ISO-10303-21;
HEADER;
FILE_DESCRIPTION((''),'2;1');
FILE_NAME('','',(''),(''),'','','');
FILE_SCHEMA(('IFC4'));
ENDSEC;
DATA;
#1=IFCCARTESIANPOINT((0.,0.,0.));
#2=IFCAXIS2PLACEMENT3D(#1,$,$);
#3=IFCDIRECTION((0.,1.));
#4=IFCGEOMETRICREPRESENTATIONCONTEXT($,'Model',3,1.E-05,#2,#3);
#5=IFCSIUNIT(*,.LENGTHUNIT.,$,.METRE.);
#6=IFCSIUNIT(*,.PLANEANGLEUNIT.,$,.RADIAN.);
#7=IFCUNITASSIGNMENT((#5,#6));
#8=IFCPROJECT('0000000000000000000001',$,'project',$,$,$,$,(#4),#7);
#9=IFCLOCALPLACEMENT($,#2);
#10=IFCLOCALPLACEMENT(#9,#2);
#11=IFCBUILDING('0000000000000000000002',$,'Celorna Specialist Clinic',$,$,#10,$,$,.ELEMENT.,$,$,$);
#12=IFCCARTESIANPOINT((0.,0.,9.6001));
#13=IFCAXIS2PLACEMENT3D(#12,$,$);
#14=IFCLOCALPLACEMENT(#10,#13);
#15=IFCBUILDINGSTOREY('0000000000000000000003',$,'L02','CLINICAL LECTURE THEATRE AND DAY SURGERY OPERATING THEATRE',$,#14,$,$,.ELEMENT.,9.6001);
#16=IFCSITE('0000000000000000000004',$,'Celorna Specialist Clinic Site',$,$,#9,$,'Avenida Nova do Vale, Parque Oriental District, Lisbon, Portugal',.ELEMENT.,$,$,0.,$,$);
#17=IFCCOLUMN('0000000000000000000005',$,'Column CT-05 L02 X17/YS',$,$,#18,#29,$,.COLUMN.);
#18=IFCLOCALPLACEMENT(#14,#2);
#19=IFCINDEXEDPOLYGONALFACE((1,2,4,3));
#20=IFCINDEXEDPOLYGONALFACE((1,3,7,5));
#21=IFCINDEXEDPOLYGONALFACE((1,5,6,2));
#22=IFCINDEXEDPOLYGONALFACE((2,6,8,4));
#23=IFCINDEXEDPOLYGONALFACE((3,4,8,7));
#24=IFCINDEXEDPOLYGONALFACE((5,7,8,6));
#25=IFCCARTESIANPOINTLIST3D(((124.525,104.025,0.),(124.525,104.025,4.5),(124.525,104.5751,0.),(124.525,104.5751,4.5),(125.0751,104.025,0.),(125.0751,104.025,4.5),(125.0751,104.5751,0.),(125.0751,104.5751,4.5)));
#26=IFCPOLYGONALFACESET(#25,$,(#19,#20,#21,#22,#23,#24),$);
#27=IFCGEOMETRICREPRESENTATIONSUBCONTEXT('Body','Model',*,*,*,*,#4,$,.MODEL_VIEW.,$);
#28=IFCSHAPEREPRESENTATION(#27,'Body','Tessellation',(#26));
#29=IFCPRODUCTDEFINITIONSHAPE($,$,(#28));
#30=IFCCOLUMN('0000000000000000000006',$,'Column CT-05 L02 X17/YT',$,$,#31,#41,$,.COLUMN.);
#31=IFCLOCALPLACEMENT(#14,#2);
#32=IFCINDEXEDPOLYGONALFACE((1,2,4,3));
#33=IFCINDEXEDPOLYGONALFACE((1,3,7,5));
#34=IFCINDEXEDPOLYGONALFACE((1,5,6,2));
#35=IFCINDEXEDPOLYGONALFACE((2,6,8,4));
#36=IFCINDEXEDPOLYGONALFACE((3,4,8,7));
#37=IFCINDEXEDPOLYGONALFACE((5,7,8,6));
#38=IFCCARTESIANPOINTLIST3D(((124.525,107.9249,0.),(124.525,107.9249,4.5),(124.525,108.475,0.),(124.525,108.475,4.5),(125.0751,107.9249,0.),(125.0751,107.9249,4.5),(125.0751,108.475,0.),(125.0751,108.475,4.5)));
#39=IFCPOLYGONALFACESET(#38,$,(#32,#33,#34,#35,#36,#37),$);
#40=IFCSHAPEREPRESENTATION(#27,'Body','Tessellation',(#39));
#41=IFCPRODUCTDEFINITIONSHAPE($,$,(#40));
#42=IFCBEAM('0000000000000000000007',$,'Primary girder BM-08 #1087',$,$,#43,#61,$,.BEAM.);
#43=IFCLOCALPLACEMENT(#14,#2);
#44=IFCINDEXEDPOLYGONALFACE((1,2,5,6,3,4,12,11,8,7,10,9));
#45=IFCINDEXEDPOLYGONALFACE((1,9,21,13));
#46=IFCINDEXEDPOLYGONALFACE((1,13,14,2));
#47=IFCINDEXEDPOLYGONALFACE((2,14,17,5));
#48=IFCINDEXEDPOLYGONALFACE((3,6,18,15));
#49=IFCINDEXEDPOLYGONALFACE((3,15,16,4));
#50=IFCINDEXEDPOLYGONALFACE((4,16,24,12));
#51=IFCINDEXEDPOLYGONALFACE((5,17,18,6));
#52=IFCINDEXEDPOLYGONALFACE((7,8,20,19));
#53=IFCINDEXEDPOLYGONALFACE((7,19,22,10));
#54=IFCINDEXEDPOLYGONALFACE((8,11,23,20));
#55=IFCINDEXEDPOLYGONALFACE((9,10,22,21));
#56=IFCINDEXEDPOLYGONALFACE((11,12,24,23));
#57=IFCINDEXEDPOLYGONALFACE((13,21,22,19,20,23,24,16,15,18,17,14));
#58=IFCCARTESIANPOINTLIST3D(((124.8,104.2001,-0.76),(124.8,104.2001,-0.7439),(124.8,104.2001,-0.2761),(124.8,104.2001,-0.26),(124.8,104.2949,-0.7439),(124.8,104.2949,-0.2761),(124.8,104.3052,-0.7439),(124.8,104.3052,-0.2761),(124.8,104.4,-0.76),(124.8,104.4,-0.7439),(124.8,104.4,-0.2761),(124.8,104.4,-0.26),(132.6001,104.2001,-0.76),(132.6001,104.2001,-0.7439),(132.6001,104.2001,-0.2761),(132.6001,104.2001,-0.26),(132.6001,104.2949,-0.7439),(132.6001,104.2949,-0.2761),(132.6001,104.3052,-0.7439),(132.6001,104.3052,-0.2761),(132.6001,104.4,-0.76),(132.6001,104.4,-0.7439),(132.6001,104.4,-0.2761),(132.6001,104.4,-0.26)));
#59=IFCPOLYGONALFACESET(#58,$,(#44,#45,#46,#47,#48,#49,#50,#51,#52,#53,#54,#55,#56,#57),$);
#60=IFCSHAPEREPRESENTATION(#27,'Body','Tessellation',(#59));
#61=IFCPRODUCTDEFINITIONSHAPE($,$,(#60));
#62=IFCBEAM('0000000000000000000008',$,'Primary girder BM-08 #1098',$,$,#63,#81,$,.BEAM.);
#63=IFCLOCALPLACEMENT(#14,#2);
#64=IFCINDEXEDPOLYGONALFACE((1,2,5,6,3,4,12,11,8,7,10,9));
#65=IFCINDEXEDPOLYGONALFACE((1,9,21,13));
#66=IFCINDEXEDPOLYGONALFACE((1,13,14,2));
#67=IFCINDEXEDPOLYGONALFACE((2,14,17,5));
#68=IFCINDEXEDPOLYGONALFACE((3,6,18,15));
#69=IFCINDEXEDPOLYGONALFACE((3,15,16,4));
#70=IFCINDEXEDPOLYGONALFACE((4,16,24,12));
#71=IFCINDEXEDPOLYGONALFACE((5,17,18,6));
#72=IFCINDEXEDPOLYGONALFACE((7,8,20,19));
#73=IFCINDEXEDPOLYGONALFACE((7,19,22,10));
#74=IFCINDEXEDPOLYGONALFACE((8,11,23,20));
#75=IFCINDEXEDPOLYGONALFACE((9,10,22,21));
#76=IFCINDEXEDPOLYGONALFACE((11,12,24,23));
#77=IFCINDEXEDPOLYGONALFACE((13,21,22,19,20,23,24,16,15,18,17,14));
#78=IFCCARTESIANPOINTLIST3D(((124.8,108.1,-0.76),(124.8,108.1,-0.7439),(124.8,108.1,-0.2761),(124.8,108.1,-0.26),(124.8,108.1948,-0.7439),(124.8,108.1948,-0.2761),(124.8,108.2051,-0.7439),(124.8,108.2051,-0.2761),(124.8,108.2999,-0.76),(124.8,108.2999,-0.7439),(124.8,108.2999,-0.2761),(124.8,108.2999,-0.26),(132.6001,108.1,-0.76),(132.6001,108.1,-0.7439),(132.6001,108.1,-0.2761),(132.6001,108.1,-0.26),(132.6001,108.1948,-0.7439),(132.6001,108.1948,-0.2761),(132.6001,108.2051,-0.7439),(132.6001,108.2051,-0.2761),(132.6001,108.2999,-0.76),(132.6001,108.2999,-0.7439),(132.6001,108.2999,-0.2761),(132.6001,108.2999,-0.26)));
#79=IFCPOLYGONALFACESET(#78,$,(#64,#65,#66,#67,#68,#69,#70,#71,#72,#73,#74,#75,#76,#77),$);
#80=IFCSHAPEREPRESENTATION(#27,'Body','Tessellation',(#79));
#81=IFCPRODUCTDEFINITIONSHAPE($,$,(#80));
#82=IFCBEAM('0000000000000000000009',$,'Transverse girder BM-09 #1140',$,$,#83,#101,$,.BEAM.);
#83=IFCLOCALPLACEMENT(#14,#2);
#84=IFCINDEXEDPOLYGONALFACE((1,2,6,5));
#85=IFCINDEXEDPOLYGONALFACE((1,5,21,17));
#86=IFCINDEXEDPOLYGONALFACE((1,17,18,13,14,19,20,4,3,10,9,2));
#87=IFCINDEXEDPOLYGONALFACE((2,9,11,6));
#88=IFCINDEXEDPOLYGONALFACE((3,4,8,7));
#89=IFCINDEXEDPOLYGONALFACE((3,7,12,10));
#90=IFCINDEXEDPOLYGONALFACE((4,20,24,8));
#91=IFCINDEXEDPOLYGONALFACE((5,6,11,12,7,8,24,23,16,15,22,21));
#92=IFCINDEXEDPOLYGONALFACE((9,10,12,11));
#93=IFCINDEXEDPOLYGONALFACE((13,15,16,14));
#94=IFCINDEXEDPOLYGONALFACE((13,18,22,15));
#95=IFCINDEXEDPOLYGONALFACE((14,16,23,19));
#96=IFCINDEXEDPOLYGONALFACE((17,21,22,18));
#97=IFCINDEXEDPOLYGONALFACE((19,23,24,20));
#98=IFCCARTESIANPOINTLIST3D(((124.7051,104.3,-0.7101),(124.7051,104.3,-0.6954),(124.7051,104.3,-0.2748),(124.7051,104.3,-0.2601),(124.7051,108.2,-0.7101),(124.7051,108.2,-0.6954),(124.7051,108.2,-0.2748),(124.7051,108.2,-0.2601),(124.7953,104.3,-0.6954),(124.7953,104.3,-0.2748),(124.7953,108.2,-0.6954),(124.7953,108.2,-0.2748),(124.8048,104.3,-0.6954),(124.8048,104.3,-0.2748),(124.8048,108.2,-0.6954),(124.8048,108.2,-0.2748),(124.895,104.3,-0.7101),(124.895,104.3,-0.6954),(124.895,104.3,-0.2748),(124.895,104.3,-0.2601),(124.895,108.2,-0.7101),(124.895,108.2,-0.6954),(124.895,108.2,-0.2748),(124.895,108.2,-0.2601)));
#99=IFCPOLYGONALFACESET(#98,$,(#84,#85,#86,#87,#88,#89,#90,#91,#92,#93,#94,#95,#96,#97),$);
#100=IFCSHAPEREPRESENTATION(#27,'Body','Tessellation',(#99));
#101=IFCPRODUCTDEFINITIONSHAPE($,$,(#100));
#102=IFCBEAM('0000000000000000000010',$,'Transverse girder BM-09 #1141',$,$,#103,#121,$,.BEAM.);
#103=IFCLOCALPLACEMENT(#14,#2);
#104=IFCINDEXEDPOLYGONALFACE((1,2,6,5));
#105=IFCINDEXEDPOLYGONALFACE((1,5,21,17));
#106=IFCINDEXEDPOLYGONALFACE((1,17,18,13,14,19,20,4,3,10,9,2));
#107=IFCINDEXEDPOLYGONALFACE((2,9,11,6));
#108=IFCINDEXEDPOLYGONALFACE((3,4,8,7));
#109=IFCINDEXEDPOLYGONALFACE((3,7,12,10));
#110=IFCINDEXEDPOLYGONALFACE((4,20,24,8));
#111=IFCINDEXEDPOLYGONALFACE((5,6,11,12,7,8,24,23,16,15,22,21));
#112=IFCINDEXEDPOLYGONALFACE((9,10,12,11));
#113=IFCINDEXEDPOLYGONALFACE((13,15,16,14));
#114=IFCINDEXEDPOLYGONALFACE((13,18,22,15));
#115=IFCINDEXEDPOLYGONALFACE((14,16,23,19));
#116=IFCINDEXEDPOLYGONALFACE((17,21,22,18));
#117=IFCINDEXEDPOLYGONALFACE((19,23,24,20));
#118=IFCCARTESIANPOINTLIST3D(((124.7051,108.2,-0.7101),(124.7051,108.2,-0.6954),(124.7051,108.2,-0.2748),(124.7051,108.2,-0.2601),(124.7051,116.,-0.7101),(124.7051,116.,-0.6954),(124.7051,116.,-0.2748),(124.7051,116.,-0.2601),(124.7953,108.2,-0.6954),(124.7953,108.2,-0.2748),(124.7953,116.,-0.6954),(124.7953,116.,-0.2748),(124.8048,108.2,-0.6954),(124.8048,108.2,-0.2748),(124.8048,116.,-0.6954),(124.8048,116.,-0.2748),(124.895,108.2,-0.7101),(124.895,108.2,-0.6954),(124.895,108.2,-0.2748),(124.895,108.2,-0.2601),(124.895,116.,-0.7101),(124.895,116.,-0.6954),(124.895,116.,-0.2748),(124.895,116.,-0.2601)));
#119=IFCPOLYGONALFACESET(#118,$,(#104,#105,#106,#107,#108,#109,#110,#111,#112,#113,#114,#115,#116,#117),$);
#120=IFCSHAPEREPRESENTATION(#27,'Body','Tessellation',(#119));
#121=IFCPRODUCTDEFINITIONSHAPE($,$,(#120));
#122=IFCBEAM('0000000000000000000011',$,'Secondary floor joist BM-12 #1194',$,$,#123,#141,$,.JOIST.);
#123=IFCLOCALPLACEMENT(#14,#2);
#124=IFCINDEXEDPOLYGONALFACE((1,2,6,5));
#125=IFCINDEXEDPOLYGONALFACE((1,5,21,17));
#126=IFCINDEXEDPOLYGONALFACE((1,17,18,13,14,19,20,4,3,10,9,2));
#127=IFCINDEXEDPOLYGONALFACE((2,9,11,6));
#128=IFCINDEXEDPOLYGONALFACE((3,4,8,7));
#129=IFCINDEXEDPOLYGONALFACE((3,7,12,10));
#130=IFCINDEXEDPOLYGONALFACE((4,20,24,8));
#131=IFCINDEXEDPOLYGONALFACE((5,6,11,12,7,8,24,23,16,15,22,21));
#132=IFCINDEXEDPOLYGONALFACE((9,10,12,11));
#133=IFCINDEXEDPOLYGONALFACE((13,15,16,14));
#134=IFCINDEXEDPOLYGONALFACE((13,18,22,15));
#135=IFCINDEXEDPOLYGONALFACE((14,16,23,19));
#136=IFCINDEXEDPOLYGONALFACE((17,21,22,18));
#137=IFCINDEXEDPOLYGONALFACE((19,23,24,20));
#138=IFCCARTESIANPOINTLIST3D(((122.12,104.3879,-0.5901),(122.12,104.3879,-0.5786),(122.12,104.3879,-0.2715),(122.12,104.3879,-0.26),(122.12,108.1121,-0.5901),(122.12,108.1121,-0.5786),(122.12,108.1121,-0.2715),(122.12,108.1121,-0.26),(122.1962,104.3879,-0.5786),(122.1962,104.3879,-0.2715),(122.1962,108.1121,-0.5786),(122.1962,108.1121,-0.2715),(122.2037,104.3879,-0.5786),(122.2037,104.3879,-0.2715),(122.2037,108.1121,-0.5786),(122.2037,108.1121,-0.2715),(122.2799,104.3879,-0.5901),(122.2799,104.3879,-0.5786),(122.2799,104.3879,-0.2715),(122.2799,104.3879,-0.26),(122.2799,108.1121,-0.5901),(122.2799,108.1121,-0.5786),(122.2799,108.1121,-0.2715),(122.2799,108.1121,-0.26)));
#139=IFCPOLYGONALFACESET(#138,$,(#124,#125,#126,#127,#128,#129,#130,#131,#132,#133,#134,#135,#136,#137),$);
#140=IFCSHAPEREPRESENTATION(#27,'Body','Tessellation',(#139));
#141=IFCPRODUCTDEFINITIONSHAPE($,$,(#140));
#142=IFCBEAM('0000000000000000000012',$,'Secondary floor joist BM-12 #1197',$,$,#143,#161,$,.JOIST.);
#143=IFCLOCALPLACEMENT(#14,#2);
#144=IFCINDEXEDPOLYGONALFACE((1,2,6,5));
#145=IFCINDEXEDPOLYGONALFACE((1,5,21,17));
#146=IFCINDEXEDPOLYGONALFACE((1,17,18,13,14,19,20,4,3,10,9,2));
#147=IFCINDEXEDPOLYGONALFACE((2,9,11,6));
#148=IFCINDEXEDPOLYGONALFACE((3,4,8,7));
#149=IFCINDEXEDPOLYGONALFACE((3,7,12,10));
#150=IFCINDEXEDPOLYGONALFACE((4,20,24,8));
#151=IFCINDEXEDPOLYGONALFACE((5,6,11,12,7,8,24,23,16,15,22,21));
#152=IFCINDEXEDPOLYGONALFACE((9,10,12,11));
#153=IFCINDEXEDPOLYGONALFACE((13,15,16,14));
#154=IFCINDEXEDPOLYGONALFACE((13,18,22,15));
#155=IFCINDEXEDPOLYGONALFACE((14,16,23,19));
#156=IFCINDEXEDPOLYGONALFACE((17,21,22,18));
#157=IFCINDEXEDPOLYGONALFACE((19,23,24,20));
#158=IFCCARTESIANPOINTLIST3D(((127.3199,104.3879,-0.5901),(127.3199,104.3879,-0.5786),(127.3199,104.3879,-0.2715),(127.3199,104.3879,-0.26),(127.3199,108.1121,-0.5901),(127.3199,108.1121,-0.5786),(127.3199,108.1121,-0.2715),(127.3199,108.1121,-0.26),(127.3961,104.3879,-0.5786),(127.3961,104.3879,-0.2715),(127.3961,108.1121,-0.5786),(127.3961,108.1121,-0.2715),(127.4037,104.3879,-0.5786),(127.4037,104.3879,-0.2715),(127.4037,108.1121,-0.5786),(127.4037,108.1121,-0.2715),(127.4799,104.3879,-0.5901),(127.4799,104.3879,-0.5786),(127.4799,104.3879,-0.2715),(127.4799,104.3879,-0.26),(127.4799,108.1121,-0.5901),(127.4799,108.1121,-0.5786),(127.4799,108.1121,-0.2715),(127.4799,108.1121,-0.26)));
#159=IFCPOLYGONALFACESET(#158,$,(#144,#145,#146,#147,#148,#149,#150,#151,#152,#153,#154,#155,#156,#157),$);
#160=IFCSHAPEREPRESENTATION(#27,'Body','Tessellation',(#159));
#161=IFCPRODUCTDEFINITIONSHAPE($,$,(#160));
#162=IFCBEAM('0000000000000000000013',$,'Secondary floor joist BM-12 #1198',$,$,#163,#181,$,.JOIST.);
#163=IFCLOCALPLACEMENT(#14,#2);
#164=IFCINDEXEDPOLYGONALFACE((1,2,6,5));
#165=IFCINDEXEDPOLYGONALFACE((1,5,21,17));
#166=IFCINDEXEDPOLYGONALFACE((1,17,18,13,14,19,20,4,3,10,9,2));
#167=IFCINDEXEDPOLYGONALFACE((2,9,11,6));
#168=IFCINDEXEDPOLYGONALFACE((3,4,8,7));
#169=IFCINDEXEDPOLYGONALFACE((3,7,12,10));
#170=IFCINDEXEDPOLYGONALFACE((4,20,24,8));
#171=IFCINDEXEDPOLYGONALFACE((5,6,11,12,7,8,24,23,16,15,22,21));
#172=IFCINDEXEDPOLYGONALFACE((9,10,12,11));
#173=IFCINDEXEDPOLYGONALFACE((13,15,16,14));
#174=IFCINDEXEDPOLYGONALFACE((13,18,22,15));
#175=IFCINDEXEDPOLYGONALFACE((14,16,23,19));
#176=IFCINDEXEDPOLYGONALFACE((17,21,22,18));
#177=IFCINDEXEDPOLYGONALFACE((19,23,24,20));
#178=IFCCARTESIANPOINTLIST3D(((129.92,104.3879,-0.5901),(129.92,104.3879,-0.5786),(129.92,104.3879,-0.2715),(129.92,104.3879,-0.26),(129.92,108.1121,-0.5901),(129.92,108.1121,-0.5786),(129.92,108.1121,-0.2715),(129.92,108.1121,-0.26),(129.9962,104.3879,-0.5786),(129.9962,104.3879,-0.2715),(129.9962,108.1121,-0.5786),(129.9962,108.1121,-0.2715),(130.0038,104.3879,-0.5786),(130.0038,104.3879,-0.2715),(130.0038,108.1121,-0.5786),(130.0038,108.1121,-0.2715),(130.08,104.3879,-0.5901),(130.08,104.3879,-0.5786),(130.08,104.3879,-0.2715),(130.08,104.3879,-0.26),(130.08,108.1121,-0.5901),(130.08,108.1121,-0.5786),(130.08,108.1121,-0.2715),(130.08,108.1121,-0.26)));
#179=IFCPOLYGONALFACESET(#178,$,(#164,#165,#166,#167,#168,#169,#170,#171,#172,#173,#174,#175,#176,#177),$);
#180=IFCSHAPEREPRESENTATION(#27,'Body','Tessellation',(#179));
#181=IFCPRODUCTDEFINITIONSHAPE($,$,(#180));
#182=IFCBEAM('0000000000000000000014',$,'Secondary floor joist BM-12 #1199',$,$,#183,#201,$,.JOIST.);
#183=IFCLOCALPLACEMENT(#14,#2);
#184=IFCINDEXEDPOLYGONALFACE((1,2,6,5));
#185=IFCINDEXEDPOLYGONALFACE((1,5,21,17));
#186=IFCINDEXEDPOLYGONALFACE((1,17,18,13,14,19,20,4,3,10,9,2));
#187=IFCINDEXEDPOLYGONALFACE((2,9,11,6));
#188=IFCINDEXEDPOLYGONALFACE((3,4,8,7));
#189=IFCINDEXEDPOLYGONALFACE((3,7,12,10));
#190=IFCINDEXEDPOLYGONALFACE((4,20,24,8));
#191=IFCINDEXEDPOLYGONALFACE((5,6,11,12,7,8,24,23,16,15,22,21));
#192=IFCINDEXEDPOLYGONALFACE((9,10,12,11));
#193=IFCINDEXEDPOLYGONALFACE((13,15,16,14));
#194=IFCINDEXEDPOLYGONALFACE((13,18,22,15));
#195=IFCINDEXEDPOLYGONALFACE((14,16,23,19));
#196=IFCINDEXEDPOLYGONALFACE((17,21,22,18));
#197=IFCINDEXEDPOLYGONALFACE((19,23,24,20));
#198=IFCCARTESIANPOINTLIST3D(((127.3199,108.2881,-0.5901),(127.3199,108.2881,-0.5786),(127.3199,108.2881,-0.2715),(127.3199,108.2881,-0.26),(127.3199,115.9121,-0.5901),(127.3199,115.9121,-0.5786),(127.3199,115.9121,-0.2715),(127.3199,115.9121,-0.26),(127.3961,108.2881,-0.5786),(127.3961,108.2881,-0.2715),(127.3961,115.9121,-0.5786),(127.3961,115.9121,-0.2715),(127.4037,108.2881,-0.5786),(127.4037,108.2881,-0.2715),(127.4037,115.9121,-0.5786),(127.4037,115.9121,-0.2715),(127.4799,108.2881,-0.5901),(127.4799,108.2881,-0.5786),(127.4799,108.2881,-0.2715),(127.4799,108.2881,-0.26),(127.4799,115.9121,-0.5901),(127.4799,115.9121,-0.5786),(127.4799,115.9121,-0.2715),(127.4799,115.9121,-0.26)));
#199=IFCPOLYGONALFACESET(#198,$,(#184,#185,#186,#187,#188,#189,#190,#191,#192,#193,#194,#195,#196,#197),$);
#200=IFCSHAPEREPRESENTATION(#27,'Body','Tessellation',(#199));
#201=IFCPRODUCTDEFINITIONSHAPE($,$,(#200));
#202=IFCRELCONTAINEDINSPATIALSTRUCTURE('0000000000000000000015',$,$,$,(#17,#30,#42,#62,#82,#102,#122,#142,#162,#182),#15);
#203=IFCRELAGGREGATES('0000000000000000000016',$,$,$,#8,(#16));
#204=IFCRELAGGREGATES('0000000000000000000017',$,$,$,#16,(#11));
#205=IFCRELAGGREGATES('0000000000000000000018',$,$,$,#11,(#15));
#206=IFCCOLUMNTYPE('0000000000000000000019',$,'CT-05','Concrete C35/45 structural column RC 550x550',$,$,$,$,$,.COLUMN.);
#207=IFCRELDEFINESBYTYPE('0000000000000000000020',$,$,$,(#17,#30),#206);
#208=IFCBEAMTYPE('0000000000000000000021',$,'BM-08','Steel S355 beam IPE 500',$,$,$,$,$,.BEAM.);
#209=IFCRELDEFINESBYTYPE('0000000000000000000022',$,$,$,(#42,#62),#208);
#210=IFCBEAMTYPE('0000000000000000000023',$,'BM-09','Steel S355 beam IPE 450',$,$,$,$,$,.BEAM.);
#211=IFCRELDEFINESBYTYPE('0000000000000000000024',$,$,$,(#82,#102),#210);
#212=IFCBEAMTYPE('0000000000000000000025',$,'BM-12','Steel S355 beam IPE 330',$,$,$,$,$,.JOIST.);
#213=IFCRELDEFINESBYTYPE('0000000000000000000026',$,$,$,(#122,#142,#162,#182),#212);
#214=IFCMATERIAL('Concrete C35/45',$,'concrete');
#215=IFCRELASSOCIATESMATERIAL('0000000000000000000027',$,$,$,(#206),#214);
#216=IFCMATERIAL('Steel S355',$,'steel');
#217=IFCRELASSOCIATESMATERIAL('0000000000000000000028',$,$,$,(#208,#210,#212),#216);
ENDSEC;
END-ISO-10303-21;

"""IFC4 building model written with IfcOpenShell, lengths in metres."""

from ifc_helpers import new_model, si_unit, direction, frame, origin, origin_2d, place, context, subcontext, project, spatial, rectangle, i_section, extrude, material, material_profile, profile_set, type_object, element, save


model = new_model("IFC4")

# Units and contexts
model_context = context("Model", 3, precision=1e-05, world=origin(), true_north=direction((0.0, 1.0)))
body_context = subcontext(model_context, "Body", "Model", "MODEL_VIEW")
ifc_project = project(units=[si_unit("LENGTHUNIT", "METRE"), si_unit("PLANEANGLEUNIT", "RADIAN")], contexts=[model_context])

# Site, building, storey
site_placement = place(None, origin())
site = spatial("IfcSite", under=ifc_project, at=site_placement, Name="Celorna Specialist Clinic Site", LongName="Avenida Nova do Vale, Parque Oriental District, Lisbon, Portugal", CompositionType="ELEMENT", RefElevation=0.0)
building_placement = place(site_placement, origin())
building = spatial("IfcBuilding", under=site, at=building_placement, Name="Celorna Specialist Clinic", CompositionType="ELEMENT")
storey_placement = place(building_placement, frame((0.0, 0.0, 9.6001)))
storey = spatial("IfcBuildingStorey", under=building, at=storey_placement, Name="L02", Description="CLINICAL LECTURE THEATRE AND DAY SURGERY OPERATING THEATRE", CompositionType="ELEMENT", Elevation=9.6001)

# Columns
ifc_material_1 = material(Name="Concrete C35/45", Category="concrete")
ifc_material_profile_1 = material_profile(ifc_material_1, rectangle(XDim=0.55, YDim=0.55, at=origin_2d()), Name="RC 550x550")
ifc_profile_set_1 = profile_set([ifc_material_profile_1], Name="Concrete C35/45")
column_type = type_object("IfcColumnType", Name="CT-05", Description="Concrete C35/45 structural column RC 550x550", PredefinedType="COLUMN", material=ifc_profile_set_1)
for number, where, z_axis, x_axis, name in (
    (1, (124.8, 104.3, 0.0), (0.0, 0.0, 1.0), (1.0, 0.0, 0.0), "Column CT-05 L02 X17/YS"),
    (2, (124.8, 108.2, 0.0), (0.0, 0.0, 1.0), (1.0, 0.0, 0.0), "Column CT-05 L02 X17/YT"),
):
    element("IfcColumn", number, at=place(storey_placement, frame(where, z_axis=z_axis, x_axis=x_axis)), inside=storey, type_object=column_type, Name=name, PredefinedType="COLUMN", context=body_context, shape_type="SweptSolid", body=[
        extrude(rectangle(XDim=0.55, YDim=0.55, at=origin_2d()), origin(), (0.0, 0.0, 1.0), 4.5),
    ])

# Beams
ifc_material_2 = material(Name="Steel S355", Category="steel")
ifc_material_profile_2 = material_profile(ifc_material_2, i_section(OverallWidth=0.2, OverallDepth=0.5, WebThickness=0.0103, FlangeThickness=0.0161, at=origin_2d()), Name="IPE 500")
ifc_profile_set_2 = profile_set([ifc_material_profile_2], Name="Steel S355")
beam_type_1 = type_object("IfcBeamType", Name="BM-08", Description="Steel S355 beam IPE 500", PredefinedType="BEAM", material=ifc_profile_set_2)
for number, where, z_axis, x_axis, name in (
    (3, (124.8, 104.3, -0.51), (1.0, 0.0, 0.0), (0.0, 1.0, 0.0), "Primary girder BM-08 #1087"),
    (4, (124.8, 108.2, -0.51), (1.0, 0.0, 0.0), (0.0, 1.0, 0.0), "Primary girder BM-08 #1098"),
):
    element("IfcBeam", number, at=place(storey_placement, frame(where, z_axis=z_axis, x_axis=x_axis)), inside=storey, type_object=beam_type_1, Name=name, PredefinedType="BEAM", context=body_context, shape_type="SweptSolid", body=[
        extrude(i_section(OverallWidth=0.2, OverallDepth=0.5, WebThickness=0.0103, FlangeThickness=0.0161, at=origin_2d()), origin(), (0.0, 0.0, 1.0), 7.8),
    ])
ifc_material_profile_3 = material_profile(ifc_material_2, i_section(OverallWidth=0.1899, OverallDepth=0.45, WebThickness=0.0095, FlangeThickness=0.0146, at=origin_2d()), Name="IPE 450")
ifc_profile_set_3 = profile_set([ifc_material_profile_3], Name="Steel S355")
beam_type_2 = type_object("IfcBeamType", Name="BM-09", Description="Steel S355 beam IPE 450", PredefinedType="BEAM", material=ifc_profile_set_3)
beam_1_placement = place(storey_placement, frame((124.8, 104.3, -0.4851), z_axis=(0.0, 1.0, 0.0), x_axis=(-1.0, 0.0, 0.0)))
element("IfcBeam", 5, at=beam_1_placement, inside=storey, type_object=beam_type_2, Name="Transverse girder BM-09 #1140", PredefinedType="BEAM", context=body_context, shape_type="SweptSolid", body=[
    extrude(i_section(OverallWidth=0.1899, OverallDepth=0.45, WebThickness=0.0095, FlangeThickness=0.0146, at=origin_2d()), origin(), (0.0, 0.0, 1.0), 3.8999),
])
beam_2_placement = place(storey_placement, frame((124.8, 108.2, -0.4851), z_axis=(0.0, 1.0, 0.0), x_axis=(-1.0, 0.0, 0.0)))
element("IfcBeam", 6, at=beam_2_placement, inside=storey, type_object=beam_type_2, Name="Transverse girder BM-09 #1141", PredefinedType="BEAM", context=body_context, shape_type="SweptSolid", body=[
    extrude(i_section(OverallWidth=0.1899, OverallDepth=0.45, WebThickness=0.0095, FlangeThickness=0.0146, at=origin_2d()), origin(), (0.0, 0.0, 1.0), 7.8),
])
ifc_material_profile_4 = material_profile(ifc_material_2, i_section(OverallWidth=0.1599, OverallDepth=0.3301, WebThickness=0.0076, FlangeThickness=0.0115, at=origin_2d()), Name="IPE 330")
ifc_profile_set_4 = profile_set([ifc_material_profile_4], Name="Steel S355")
beam_type_3 = type_object("IfcBeamType", Name="BM-12", Description="Steel S355 beam IPE 330", PredefinedType="JOIST", material=ifc_profile_set_4)
for number, where, z_axis, x_axis, name in (
    (7, (122.2, 104.3879, -0.425), (0.0, 1.0, 0.0), (-1.0, 0.0, 0.0), "Secondary floor joist BM-12 #1194"),
    (8, (127.3999, 104.3879, -0.425), (0.0, 1.0, 0.0), (-1.0, 0.0, 0.0), "Secondary floor joist BM-12 #1197"),
    (9, (130.0, 104.3879, -0.425), (0.0, 1.0, 0.0), (-1.0, 0.0, 0.0), "Secondary floor joist BM-12 #1198"),
):
    element("IfcBeam", number, at=place(storey_placement, frame(where, z_axis=z_axis, x_axis=x_axis)), inside=storey, type_object=beam_type_3, Name=name, PredefinedType="JOIST", context=body_context, shape_type="SweptSolid", body=[
        extrude(i_section(OverallWidth=0.1599, OverallDepth=0.3301, WebThickness=0.0076, FlangeThickness=0.0115, at=origin_2d()), origin(), (0.0, 0.0, 1.0), 3.7241),
    ])
beam_3_placement = place(storey_placement, frame((127.3999, 108.2881, -0.425), z_axis=(0.0, 1.0, 0.0), x_axis=(-1.0, 0.0, 0.0)))
element("IfcBeam", 10, at=beam_3_placement, inside=storey, type_object=beam_type_3, Name="Secondary floor joist BM-12 #1199", PredefinedType="JOIST", context=body_context, shape_type="SweptSolid", body=[
    extrude(i_section(OverallWidth=0.1599, OverallDepth=0.3301, WebThickness=0.0076, FlangeThickness=0.0115, at=origin_2d()), origin(), (0.0, 0.0, 1.0), 7.624),
])

save(model, "model.ifc")
